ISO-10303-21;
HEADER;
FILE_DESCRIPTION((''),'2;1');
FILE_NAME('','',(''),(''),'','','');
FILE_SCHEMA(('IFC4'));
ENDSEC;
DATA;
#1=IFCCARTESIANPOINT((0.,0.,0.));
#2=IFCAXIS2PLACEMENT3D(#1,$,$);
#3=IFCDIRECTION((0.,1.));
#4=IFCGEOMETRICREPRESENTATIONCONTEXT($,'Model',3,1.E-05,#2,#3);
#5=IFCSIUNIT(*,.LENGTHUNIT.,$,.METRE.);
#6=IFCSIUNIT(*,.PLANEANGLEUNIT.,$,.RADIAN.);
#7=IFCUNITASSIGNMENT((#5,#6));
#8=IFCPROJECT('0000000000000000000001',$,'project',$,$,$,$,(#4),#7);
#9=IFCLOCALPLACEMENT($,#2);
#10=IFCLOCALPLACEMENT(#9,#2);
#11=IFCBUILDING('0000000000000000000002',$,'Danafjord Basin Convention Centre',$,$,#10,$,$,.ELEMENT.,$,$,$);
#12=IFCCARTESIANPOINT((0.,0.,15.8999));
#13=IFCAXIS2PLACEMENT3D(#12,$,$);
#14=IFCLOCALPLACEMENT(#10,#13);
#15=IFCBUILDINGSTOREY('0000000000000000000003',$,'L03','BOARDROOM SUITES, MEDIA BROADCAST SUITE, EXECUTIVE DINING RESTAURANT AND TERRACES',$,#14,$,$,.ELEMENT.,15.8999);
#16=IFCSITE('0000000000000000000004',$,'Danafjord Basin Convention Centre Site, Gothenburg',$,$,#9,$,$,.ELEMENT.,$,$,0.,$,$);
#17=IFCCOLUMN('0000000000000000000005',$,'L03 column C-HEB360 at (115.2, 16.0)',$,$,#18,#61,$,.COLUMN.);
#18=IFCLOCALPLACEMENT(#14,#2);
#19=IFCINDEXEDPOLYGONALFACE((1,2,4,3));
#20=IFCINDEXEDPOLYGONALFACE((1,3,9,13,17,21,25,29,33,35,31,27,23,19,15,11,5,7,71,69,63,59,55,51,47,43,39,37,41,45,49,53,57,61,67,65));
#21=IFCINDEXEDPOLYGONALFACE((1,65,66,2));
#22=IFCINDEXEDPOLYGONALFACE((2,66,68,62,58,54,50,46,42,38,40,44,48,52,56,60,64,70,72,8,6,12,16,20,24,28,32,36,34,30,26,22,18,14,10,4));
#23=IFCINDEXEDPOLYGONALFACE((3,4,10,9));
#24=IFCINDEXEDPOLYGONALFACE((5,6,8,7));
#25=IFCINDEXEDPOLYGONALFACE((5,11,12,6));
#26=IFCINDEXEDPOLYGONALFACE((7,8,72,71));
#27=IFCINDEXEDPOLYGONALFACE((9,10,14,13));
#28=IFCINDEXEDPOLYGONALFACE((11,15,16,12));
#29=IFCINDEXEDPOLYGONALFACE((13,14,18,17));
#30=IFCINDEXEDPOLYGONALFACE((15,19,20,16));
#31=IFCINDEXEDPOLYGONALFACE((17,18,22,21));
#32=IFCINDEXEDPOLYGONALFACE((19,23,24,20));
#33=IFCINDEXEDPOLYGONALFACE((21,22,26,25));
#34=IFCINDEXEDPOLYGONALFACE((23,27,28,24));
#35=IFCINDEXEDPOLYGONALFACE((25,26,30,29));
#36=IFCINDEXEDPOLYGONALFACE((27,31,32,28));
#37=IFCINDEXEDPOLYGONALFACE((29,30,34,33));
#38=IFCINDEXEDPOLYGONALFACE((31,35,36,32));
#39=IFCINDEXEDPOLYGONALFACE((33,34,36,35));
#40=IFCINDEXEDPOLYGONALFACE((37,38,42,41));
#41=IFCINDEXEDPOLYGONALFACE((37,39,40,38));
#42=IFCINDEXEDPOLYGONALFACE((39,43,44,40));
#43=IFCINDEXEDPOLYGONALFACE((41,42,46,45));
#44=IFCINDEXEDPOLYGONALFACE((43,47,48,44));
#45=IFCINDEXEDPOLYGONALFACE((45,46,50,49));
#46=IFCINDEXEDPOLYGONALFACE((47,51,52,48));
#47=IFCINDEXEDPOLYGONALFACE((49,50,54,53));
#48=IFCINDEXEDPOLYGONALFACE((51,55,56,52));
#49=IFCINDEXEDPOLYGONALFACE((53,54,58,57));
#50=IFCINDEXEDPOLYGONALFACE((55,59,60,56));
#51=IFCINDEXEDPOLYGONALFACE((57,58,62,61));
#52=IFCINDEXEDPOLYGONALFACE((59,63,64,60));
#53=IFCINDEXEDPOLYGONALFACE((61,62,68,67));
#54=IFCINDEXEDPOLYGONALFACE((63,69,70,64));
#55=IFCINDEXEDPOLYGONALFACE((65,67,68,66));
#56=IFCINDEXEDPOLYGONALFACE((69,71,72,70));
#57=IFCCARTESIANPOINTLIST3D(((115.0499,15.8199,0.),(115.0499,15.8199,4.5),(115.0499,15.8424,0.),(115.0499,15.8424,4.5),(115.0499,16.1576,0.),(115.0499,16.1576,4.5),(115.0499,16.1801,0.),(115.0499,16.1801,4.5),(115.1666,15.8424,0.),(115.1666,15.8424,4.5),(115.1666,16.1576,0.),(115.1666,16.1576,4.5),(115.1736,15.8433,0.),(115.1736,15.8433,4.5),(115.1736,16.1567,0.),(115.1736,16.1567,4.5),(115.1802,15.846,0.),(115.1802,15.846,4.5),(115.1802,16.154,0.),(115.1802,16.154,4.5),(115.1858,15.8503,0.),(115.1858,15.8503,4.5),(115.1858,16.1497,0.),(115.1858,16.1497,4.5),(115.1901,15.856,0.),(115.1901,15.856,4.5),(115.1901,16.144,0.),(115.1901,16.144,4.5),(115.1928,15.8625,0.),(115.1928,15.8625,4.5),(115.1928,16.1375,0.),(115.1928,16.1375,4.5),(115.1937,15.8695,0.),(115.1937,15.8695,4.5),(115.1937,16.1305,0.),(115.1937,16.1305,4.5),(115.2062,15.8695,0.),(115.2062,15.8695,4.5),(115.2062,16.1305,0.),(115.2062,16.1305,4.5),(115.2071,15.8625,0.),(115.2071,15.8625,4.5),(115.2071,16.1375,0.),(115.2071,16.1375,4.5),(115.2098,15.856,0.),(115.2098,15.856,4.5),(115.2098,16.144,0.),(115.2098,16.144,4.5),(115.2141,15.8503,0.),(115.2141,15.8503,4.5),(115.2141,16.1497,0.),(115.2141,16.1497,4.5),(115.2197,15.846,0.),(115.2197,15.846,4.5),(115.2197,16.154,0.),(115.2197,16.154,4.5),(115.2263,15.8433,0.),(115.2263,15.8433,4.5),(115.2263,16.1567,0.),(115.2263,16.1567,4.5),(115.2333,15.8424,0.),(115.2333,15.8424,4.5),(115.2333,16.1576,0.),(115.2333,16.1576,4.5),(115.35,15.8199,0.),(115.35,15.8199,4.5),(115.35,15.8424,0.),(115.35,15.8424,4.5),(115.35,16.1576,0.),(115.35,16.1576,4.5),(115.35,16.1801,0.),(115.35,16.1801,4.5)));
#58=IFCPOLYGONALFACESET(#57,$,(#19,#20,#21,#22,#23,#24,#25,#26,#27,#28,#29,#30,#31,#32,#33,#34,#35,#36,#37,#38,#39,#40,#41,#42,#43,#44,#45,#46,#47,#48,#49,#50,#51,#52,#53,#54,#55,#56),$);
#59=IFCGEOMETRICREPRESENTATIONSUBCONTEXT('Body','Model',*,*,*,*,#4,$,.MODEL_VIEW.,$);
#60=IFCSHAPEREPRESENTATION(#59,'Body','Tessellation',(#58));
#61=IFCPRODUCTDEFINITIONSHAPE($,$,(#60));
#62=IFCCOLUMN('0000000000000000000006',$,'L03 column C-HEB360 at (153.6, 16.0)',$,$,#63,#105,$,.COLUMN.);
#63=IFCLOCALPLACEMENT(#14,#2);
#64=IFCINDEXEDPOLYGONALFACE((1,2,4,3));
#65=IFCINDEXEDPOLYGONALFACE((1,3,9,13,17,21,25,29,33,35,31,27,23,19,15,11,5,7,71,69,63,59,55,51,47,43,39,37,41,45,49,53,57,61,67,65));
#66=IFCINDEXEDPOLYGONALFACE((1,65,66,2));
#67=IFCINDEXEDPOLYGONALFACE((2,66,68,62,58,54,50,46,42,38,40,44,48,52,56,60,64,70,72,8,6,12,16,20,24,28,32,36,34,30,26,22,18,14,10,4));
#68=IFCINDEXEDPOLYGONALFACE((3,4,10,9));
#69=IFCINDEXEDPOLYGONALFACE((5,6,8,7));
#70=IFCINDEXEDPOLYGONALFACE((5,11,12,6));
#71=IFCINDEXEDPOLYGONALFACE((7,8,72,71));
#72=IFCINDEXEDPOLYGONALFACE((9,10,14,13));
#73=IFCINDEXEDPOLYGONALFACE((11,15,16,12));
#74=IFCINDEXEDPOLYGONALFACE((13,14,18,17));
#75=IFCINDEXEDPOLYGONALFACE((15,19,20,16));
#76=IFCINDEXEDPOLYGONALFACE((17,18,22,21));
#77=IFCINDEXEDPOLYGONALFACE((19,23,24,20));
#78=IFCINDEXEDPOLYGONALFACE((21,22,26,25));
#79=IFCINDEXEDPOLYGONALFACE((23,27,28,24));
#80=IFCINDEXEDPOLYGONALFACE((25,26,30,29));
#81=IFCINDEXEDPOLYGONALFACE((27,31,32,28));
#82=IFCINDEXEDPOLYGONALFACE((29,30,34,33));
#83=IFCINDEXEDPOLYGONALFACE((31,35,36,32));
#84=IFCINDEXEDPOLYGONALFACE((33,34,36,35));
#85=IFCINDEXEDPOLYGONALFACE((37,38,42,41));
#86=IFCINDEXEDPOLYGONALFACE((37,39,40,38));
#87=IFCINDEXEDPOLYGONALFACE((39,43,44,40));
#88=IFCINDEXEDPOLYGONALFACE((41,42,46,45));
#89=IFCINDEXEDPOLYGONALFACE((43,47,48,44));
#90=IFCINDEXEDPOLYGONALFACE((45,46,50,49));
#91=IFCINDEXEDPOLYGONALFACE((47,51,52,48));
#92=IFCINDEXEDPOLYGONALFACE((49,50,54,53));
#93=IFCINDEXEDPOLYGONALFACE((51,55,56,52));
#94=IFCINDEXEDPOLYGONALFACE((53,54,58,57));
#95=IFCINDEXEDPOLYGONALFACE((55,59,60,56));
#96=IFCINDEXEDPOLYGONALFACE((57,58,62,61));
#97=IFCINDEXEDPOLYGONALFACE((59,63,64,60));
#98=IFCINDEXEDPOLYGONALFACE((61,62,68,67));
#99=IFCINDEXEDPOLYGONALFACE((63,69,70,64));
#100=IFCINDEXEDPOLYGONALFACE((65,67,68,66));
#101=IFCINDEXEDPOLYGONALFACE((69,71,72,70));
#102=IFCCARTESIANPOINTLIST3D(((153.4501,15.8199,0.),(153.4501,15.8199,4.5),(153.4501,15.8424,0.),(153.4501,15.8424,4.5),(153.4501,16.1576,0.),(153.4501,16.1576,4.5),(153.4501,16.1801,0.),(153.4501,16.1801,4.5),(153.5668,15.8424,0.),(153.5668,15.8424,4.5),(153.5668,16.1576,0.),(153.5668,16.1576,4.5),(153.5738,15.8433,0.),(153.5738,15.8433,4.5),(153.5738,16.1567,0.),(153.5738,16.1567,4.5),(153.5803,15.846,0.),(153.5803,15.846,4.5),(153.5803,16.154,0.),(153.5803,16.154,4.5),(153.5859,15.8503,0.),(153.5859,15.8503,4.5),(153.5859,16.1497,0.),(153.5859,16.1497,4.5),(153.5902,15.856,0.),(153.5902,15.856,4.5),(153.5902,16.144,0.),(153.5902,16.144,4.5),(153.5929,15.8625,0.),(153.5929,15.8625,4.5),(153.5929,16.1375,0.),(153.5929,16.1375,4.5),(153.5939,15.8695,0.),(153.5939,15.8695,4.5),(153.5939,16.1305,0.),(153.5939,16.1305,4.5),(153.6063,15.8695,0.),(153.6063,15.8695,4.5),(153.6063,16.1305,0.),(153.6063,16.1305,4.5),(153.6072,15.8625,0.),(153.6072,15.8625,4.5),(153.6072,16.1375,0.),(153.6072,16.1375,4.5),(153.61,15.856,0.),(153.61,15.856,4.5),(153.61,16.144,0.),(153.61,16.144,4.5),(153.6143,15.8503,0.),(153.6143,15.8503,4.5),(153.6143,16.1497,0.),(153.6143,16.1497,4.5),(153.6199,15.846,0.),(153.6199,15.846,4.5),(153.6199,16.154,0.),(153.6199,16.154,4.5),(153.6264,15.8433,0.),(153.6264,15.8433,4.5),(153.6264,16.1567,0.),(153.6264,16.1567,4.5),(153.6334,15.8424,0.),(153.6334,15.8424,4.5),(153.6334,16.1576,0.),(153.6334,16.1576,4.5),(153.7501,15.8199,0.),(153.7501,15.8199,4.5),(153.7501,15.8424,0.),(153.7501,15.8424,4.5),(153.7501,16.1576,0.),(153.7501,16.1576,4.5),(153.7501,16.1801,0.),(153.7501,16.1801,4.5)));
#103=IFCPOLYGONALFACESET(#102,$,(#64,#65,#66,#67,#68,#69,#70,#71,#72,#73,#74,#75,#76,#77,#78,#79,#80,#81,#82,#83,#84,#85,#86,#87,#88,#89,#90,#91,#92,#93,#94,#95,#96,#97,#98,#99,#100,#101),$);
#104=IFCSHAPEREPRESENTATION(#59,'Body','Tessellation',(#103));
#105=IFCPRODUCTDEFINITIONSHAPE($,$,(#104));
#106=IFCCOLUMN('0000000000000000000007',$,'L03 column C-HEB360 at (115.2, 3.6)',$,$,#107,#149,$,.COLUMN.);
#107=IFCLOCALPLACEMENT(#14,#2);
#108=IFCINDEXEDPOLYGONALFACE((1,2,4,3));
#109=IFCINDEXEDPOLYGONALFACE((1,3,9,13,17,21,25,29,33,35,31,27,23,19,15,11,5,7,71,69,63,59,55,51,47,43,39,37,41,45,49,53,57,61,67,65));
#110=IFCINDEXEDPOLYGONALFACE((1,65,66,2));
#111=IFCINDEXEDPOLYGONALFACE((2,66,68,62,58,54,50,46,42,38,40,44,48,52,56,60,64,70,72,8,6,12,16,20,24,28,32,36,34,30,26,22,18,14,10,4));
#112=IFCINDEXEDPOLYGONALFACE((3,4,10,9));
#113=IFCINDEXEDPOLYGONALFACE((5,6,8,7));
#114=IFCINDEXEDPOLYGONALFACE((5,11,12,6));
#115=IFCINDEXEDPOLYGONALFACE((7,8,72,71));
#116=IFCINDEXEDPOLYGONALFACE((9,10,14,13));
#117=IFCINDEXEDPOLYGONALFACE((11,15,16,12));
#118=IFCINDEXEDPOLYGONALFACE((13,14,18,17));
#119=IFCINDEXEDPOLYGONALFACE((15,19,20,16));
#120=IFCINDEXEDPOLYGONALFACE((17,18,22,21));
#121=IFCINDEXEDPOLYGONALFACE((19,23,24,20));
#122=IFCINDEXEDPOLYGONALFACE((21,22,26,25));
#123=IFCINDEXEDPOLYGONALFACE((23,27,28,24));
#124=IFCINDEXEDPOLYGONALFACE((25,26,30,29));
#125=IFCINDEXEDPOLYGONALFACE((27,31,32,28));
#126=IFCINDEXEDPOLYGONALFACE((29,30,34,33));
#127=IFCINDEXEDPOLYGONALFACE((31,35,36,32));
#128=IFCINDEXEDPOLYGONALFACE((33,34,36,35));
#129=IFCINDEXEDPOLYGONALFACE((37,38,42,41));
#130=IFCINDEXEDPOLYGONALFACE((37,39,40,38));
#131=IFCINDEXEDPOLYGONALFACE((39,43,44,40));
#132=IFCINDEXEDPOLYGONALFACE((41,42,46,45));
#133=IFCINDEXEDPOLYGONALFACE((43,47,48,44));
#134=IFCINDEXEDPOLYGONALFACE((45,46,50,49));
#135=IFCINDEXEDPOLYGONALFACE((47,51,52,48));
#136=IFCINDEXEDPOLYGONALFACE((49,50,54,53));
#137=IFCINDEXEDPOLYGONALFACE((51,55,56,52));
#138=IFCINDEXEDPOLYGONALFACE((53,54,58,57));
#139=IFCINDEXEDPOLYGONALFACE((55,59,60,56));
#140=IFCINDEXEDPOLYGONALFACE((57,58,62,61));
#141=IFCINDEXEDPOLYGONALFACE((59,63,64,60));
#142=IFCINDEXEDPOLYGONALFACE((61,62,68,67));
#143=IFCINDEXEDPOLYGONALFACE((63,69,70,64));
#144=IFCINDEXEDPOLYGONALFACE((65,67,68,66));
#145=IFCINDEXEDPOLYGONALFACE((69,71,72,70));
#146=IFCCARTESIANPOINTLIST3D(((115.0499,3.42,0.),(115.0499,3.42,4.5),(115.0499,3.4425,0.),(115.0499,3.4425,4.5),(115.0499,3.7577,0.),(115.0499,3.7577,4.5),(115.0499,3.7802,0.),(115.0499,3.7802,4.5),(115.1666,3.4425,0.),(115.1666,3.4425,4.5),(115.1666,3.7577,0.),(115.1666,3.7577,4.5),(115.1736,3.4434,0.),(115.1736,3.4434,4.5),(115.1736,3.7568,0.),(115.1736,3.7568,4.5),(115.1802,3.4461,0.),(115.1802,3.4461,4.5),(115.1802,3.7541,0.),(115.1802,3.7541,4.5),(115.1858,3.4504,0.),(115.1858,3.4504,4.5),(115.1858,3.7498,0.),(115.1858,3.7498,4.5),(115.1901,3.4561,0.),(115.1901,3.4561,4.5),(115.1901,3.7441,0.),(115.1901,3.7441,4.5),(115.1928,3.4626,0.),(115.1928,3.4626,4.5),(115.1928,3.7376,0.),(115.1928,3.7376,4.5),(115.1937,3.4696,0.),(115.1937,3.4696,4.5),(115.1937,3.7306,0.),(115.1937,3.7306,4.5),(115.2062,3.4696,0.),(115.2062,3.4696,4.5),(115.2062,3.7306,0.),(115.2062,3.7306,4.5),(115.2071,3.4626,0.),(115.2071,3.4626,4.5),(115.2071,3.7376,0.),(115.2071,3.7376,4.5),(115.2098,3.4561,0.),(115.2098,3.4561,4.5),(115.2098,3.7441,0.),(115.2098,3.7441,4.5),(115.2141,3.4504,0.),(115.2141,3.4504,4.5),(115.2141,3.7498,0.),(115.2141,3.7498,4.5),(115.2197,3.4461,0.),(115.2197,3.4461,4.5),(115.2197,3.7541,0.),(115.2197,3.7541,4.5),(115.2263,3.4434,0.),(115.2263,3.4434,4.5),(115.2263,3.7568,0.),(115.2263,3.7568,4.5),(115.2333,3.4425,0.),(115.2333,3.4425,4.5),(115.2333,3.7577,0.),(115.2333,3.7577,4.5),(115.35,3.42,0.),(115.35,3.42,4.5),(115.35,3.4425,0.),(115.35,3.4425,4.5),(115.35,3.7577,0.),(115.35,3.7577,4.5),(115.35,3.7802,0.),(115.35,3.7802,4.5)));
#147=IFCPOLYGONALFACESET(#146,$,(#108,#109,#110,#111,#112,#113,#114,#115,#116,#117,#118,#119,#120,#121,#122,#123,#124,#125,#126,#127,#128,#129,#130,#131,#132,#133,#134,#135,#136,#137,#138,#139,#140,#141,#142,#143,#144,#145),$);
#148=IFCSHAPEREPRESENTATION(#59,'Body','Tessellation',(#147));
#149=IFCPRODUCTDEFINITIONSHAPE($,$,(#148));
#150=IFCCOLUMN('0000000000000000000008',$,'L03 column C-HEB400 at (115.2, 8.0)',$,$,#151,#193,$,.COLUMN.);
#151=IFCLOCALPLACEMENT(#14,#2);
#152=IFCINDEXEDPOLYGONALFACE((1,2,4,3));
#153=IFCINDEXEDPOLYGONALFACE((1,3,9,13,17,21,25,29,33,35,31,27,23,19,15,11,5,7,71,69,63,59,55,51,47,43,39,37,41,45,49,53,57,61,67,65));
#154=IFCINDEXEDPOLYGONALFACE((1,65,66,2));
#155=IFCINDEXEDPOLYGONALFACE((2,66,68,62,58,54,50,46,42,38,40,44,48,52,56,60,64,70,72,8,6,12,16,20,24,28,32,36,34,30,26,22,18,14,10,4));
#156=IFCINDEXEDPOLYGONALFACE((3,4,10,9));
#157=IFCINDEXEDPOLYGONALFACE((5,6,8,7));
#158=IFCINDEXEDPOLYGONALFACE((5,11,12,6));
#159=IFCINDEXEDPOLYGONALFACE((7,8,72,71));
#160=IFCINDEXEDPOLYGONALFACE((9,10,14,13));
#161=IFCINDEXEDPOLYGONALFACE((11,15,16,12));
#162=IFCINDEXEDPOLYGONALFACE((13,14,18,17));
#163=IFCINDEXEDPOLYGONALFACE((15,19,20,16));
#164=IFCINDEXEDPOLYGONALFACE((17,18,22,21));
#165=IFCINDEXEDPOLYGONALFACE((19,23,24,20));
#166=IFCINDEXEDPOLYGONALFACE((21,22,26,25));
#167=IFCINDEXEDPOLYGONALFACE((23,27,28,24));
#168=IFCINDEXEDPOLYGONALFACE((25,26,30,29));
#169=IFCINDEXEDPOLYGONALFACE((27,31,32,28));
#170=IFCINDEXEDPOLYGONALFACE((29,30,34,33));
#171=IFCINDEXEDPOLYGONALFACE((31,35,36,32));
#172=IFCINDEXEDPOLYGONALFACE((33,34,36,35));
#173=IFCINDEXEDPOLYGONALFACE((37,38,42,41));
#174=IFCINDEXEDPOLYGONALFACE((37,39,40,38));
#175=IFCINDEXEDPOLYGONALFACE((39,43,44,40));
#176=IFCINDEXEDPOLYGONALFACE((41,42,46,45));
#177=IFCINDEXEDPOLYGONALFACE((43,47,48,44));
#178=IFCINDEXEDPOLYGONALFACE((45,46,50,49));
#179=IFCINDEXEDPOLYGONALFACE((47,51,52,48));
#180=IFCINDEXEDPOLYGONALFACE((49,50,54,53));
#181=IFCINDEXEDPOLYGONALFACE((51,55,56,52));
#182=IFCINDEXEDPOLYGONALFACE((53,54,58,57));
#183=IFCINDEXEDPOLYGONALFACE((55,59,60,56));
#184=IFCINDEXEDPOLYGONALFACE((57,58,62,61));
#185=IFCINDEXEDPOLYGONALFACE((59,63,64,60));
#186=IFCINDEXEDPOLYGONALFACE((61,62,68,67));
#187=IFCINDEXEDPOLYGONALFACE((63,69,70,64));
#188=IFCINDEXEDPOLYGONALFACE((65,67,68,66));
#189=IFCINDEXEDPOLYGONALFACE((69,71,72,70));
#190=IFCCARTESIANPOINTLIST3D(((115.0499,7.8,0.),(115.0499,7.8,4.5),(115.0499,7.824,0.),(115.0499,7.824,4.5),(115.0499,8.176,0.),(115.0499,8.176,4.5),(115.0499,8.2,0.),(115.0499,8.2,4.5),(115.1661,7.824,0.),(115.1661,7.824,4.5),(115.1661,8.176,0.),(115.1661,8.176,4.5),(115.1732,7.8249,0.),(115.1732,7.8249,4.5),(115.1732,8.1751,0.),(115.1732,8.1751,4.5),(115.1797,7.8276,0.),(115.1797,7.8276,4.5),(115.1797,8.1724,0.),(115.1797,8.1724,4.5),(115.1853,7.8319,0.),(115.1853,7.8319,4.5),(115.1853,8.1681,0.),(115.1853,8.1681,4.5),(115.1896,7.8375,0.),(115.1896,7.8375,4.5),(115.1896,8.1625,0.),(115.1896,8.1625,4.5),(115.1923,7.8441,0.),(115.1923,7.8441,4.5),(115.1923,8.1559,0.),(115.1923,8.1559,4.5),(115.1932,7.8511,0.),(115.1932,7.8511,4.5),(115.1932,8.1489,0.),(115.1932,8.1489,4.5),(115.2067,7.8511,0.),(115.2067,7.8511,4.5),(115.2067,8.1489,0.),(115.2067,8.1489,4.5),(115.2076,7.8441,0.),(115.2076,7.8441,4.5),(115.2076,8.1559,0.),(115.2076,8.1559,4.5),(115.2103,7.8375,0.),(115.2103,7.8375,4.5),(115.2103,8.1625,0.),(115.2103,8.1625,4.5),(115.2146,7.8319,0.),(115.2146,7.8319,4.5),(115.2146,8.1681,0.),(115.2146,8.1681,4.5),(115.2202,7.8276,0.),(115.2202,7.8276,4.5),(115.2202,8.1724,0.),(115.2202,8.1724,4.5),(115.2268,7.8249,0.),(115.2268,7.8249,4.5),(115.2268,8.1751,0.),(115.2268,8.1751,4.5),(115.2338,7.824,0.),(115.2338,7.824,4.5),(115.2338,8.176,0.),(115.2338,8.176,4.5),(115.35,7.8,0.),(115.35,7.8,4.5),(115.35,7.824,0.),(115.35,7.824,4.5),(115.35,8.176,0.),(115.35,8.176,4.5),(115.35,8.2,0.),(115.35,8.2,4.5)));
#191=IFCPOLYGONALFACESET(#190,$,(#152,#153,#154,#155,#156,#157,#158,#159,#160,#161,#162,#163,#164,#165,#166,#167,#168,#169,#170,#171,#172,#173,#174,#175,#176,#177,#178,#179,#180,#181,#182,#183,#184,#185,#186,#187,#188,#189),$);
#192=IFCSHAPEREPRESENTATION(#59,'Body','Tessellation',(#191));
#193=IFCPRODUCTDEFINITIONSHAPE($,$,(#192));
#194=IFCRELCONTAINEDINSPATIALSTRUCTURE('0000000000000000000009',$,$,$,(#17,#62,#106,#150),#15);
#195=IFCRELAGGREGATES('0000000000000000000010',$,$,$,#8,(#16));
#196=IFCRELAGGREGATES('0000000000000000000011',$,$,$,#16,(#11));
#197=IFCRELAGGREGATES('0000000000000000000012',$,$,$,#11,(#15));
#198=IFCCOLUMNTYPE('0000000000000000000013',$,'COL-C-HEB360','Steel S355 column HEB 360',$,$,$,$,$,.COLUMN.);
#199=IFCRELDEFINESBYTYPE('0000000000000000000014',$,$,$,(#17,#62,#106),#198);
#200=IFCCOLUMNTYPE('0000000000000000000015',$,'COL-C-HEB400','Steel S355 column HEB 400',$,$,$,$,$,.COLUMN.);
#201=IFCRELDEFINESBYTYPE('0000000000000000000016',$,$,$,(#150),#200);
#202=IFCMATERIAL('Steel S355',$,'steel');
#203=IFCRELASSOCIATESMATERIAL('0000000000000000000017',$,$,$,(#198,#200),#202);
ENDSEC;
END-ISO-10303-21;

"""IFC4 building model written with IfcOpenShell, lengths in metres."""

from ifc_helpers import new_model, si_unit, direction, frame, origin, origin_2d, place, context, subcontext, project, spatial, i_section, extrude, material, material_profile, profile_set, type_object, element, save


model = new_model("IFC4")

# Units and contexts
model_context = context("Model", 3, precision=1e-05, world=origin(), true_north=direction((0.0, 1.0)))
body_context = subcontext(model_context, "Body", "Model", "MODEL_VIEW")
ifc_project = project(units=[si_unit("LENGTHUNIT", "METRE"), si_unit("PLANEANGLEUNIT", "RADIAN")], contexts=[model_context])

# Site, building, storey
site_placement = place(None, origin())
site = spatial("IfcSite", under=ifc_project, at=site_placement, Name="Danafjord Basin Convention Centre Site, Gothenburg", CompositionType="ELEMENT", RefElevation=0.0)
building_placement = place(site_placement, origin())
building = spatial("IfcBuilding", under=site, at=building_placement, Name="Danafjord Basin Convention Centre", CompositionType="ELEMENT")
storey_placement = place(building_placement, frame((0.0, 0.0, 15.8999)))
storey = spatial("IfcBuildingStorey", under=building, at=storey_placement, Name="L03", Description="BOARDROOM SUITES, MEDIA BROADCAST SUITE, EXECUTIVE DINING RESTAURANT AND TERRACES", CompositionType="ELEMENT", Elevation=15.8999)

# Columns
ifc_material_1 = material(Name="Steel S355", Category="steel")
ifc_material_profile_1 = material_profile(ifc_material_1, i_section(OverallWidth=0.3, OverallDepth=0.3601, WebThickness=0.0125, FlangeThickness=0.0225, FilletRadius=0.0271, at=origin_2d()), Name="HEB 360")
ifc_profile_set_1 = profile_set([ifc_material_profile_1], Name="Steel S355")
column_type_1 = type_object("IfcColumnType", Name="COL-C-HEB360", Description="Steel S355 column HEB 360", PredefinedType="COLUMN", material=ifc_profile_set_1)
for number, where, z_axis, x_axis, name in (
    (1, (115.2, 16.0, 0.0), (0.0, 0.0, 1.0), (1.0, 0.0, 0.0), "L03 column C-HEB360 at (115.2, 16.0)"),
    (2, (153.6001, 16.0, 0.0), (0.0, 0.0, 1.0), (1.0, 0.0, 0.0), "L03 column C-HEB360 at (153.6, 16.0)"),
    (3, (115.2, 3.6001, 0.0), (0.0, 0.0, 1.0), (1.0, 0.0, 0.0), "L03 column C-HEB360 at (115.2, 3.6)"),
):
    element("IfcColumn", number, at=place(storey_placement, frame(where, z_axis=z_axis, x_axis=x_axis)), inside=storey, type_object=column_type_1, Name=name, PredefinedType="COLUMN", context=body_context, shape_type="SweptSolid", body=[
        extrude(i_section(OverallWidth=0.3, OverallDepth=0.3601, WebThickness=0.0125, FlangeThickness=0.0225, FilletRadius=0.0271, at=origin_2d()), origin(), (0.0, 0.0, 1.0), 4.5),
    ])
ifc_material_profile_2 = material_profile(ifc_material_1, i_section(OverallWidth=0.3, OverallDepth=0.3999, WebThickness=0.0134, FlangeThickness=0.0239, FilletRadius=0.0271, at=origin_2d()), Name="HEB 400")
ifc_profile_set_2 = profile_set([ifc_material_profile_2], Name="Steel S355")
column_type_2 = type_object("IfcColumnType", Name="COL-C-HEB400", Description="Steel S355 column HEB 400", PredefinedType="COLUMN", material=ifc_profile_set_2)
for number, where, z_axis, x_axis, name in (
    (4, (115.2, 8.0, 0.0), (0.0, 0.0, 1.0), (1.0, 0.0, 0.0), "L03 column C-HEB400 at (115.2, 8.0)"),
):
    element("IfcColumn", number, at=place(storey_placement, frame(where, z_axis=z_axis, x_axis=x_axis)), inside=storey, type_object=column_type_2, Name=name, PredefinedType="COLUMN", context=body_context, shape_type="SweptSolid", body=[
        extrude(i_section(OverallWidth=0.3, OverallDepth=0.3999, WebThickness=0.0134, FlangeThickness=0.0239, FilletRadius=0.0271, at=origin_2d()), origin(), (0.0, 0.0, 1.0), 4.5),
    ])

save(model, "model.ifc")
